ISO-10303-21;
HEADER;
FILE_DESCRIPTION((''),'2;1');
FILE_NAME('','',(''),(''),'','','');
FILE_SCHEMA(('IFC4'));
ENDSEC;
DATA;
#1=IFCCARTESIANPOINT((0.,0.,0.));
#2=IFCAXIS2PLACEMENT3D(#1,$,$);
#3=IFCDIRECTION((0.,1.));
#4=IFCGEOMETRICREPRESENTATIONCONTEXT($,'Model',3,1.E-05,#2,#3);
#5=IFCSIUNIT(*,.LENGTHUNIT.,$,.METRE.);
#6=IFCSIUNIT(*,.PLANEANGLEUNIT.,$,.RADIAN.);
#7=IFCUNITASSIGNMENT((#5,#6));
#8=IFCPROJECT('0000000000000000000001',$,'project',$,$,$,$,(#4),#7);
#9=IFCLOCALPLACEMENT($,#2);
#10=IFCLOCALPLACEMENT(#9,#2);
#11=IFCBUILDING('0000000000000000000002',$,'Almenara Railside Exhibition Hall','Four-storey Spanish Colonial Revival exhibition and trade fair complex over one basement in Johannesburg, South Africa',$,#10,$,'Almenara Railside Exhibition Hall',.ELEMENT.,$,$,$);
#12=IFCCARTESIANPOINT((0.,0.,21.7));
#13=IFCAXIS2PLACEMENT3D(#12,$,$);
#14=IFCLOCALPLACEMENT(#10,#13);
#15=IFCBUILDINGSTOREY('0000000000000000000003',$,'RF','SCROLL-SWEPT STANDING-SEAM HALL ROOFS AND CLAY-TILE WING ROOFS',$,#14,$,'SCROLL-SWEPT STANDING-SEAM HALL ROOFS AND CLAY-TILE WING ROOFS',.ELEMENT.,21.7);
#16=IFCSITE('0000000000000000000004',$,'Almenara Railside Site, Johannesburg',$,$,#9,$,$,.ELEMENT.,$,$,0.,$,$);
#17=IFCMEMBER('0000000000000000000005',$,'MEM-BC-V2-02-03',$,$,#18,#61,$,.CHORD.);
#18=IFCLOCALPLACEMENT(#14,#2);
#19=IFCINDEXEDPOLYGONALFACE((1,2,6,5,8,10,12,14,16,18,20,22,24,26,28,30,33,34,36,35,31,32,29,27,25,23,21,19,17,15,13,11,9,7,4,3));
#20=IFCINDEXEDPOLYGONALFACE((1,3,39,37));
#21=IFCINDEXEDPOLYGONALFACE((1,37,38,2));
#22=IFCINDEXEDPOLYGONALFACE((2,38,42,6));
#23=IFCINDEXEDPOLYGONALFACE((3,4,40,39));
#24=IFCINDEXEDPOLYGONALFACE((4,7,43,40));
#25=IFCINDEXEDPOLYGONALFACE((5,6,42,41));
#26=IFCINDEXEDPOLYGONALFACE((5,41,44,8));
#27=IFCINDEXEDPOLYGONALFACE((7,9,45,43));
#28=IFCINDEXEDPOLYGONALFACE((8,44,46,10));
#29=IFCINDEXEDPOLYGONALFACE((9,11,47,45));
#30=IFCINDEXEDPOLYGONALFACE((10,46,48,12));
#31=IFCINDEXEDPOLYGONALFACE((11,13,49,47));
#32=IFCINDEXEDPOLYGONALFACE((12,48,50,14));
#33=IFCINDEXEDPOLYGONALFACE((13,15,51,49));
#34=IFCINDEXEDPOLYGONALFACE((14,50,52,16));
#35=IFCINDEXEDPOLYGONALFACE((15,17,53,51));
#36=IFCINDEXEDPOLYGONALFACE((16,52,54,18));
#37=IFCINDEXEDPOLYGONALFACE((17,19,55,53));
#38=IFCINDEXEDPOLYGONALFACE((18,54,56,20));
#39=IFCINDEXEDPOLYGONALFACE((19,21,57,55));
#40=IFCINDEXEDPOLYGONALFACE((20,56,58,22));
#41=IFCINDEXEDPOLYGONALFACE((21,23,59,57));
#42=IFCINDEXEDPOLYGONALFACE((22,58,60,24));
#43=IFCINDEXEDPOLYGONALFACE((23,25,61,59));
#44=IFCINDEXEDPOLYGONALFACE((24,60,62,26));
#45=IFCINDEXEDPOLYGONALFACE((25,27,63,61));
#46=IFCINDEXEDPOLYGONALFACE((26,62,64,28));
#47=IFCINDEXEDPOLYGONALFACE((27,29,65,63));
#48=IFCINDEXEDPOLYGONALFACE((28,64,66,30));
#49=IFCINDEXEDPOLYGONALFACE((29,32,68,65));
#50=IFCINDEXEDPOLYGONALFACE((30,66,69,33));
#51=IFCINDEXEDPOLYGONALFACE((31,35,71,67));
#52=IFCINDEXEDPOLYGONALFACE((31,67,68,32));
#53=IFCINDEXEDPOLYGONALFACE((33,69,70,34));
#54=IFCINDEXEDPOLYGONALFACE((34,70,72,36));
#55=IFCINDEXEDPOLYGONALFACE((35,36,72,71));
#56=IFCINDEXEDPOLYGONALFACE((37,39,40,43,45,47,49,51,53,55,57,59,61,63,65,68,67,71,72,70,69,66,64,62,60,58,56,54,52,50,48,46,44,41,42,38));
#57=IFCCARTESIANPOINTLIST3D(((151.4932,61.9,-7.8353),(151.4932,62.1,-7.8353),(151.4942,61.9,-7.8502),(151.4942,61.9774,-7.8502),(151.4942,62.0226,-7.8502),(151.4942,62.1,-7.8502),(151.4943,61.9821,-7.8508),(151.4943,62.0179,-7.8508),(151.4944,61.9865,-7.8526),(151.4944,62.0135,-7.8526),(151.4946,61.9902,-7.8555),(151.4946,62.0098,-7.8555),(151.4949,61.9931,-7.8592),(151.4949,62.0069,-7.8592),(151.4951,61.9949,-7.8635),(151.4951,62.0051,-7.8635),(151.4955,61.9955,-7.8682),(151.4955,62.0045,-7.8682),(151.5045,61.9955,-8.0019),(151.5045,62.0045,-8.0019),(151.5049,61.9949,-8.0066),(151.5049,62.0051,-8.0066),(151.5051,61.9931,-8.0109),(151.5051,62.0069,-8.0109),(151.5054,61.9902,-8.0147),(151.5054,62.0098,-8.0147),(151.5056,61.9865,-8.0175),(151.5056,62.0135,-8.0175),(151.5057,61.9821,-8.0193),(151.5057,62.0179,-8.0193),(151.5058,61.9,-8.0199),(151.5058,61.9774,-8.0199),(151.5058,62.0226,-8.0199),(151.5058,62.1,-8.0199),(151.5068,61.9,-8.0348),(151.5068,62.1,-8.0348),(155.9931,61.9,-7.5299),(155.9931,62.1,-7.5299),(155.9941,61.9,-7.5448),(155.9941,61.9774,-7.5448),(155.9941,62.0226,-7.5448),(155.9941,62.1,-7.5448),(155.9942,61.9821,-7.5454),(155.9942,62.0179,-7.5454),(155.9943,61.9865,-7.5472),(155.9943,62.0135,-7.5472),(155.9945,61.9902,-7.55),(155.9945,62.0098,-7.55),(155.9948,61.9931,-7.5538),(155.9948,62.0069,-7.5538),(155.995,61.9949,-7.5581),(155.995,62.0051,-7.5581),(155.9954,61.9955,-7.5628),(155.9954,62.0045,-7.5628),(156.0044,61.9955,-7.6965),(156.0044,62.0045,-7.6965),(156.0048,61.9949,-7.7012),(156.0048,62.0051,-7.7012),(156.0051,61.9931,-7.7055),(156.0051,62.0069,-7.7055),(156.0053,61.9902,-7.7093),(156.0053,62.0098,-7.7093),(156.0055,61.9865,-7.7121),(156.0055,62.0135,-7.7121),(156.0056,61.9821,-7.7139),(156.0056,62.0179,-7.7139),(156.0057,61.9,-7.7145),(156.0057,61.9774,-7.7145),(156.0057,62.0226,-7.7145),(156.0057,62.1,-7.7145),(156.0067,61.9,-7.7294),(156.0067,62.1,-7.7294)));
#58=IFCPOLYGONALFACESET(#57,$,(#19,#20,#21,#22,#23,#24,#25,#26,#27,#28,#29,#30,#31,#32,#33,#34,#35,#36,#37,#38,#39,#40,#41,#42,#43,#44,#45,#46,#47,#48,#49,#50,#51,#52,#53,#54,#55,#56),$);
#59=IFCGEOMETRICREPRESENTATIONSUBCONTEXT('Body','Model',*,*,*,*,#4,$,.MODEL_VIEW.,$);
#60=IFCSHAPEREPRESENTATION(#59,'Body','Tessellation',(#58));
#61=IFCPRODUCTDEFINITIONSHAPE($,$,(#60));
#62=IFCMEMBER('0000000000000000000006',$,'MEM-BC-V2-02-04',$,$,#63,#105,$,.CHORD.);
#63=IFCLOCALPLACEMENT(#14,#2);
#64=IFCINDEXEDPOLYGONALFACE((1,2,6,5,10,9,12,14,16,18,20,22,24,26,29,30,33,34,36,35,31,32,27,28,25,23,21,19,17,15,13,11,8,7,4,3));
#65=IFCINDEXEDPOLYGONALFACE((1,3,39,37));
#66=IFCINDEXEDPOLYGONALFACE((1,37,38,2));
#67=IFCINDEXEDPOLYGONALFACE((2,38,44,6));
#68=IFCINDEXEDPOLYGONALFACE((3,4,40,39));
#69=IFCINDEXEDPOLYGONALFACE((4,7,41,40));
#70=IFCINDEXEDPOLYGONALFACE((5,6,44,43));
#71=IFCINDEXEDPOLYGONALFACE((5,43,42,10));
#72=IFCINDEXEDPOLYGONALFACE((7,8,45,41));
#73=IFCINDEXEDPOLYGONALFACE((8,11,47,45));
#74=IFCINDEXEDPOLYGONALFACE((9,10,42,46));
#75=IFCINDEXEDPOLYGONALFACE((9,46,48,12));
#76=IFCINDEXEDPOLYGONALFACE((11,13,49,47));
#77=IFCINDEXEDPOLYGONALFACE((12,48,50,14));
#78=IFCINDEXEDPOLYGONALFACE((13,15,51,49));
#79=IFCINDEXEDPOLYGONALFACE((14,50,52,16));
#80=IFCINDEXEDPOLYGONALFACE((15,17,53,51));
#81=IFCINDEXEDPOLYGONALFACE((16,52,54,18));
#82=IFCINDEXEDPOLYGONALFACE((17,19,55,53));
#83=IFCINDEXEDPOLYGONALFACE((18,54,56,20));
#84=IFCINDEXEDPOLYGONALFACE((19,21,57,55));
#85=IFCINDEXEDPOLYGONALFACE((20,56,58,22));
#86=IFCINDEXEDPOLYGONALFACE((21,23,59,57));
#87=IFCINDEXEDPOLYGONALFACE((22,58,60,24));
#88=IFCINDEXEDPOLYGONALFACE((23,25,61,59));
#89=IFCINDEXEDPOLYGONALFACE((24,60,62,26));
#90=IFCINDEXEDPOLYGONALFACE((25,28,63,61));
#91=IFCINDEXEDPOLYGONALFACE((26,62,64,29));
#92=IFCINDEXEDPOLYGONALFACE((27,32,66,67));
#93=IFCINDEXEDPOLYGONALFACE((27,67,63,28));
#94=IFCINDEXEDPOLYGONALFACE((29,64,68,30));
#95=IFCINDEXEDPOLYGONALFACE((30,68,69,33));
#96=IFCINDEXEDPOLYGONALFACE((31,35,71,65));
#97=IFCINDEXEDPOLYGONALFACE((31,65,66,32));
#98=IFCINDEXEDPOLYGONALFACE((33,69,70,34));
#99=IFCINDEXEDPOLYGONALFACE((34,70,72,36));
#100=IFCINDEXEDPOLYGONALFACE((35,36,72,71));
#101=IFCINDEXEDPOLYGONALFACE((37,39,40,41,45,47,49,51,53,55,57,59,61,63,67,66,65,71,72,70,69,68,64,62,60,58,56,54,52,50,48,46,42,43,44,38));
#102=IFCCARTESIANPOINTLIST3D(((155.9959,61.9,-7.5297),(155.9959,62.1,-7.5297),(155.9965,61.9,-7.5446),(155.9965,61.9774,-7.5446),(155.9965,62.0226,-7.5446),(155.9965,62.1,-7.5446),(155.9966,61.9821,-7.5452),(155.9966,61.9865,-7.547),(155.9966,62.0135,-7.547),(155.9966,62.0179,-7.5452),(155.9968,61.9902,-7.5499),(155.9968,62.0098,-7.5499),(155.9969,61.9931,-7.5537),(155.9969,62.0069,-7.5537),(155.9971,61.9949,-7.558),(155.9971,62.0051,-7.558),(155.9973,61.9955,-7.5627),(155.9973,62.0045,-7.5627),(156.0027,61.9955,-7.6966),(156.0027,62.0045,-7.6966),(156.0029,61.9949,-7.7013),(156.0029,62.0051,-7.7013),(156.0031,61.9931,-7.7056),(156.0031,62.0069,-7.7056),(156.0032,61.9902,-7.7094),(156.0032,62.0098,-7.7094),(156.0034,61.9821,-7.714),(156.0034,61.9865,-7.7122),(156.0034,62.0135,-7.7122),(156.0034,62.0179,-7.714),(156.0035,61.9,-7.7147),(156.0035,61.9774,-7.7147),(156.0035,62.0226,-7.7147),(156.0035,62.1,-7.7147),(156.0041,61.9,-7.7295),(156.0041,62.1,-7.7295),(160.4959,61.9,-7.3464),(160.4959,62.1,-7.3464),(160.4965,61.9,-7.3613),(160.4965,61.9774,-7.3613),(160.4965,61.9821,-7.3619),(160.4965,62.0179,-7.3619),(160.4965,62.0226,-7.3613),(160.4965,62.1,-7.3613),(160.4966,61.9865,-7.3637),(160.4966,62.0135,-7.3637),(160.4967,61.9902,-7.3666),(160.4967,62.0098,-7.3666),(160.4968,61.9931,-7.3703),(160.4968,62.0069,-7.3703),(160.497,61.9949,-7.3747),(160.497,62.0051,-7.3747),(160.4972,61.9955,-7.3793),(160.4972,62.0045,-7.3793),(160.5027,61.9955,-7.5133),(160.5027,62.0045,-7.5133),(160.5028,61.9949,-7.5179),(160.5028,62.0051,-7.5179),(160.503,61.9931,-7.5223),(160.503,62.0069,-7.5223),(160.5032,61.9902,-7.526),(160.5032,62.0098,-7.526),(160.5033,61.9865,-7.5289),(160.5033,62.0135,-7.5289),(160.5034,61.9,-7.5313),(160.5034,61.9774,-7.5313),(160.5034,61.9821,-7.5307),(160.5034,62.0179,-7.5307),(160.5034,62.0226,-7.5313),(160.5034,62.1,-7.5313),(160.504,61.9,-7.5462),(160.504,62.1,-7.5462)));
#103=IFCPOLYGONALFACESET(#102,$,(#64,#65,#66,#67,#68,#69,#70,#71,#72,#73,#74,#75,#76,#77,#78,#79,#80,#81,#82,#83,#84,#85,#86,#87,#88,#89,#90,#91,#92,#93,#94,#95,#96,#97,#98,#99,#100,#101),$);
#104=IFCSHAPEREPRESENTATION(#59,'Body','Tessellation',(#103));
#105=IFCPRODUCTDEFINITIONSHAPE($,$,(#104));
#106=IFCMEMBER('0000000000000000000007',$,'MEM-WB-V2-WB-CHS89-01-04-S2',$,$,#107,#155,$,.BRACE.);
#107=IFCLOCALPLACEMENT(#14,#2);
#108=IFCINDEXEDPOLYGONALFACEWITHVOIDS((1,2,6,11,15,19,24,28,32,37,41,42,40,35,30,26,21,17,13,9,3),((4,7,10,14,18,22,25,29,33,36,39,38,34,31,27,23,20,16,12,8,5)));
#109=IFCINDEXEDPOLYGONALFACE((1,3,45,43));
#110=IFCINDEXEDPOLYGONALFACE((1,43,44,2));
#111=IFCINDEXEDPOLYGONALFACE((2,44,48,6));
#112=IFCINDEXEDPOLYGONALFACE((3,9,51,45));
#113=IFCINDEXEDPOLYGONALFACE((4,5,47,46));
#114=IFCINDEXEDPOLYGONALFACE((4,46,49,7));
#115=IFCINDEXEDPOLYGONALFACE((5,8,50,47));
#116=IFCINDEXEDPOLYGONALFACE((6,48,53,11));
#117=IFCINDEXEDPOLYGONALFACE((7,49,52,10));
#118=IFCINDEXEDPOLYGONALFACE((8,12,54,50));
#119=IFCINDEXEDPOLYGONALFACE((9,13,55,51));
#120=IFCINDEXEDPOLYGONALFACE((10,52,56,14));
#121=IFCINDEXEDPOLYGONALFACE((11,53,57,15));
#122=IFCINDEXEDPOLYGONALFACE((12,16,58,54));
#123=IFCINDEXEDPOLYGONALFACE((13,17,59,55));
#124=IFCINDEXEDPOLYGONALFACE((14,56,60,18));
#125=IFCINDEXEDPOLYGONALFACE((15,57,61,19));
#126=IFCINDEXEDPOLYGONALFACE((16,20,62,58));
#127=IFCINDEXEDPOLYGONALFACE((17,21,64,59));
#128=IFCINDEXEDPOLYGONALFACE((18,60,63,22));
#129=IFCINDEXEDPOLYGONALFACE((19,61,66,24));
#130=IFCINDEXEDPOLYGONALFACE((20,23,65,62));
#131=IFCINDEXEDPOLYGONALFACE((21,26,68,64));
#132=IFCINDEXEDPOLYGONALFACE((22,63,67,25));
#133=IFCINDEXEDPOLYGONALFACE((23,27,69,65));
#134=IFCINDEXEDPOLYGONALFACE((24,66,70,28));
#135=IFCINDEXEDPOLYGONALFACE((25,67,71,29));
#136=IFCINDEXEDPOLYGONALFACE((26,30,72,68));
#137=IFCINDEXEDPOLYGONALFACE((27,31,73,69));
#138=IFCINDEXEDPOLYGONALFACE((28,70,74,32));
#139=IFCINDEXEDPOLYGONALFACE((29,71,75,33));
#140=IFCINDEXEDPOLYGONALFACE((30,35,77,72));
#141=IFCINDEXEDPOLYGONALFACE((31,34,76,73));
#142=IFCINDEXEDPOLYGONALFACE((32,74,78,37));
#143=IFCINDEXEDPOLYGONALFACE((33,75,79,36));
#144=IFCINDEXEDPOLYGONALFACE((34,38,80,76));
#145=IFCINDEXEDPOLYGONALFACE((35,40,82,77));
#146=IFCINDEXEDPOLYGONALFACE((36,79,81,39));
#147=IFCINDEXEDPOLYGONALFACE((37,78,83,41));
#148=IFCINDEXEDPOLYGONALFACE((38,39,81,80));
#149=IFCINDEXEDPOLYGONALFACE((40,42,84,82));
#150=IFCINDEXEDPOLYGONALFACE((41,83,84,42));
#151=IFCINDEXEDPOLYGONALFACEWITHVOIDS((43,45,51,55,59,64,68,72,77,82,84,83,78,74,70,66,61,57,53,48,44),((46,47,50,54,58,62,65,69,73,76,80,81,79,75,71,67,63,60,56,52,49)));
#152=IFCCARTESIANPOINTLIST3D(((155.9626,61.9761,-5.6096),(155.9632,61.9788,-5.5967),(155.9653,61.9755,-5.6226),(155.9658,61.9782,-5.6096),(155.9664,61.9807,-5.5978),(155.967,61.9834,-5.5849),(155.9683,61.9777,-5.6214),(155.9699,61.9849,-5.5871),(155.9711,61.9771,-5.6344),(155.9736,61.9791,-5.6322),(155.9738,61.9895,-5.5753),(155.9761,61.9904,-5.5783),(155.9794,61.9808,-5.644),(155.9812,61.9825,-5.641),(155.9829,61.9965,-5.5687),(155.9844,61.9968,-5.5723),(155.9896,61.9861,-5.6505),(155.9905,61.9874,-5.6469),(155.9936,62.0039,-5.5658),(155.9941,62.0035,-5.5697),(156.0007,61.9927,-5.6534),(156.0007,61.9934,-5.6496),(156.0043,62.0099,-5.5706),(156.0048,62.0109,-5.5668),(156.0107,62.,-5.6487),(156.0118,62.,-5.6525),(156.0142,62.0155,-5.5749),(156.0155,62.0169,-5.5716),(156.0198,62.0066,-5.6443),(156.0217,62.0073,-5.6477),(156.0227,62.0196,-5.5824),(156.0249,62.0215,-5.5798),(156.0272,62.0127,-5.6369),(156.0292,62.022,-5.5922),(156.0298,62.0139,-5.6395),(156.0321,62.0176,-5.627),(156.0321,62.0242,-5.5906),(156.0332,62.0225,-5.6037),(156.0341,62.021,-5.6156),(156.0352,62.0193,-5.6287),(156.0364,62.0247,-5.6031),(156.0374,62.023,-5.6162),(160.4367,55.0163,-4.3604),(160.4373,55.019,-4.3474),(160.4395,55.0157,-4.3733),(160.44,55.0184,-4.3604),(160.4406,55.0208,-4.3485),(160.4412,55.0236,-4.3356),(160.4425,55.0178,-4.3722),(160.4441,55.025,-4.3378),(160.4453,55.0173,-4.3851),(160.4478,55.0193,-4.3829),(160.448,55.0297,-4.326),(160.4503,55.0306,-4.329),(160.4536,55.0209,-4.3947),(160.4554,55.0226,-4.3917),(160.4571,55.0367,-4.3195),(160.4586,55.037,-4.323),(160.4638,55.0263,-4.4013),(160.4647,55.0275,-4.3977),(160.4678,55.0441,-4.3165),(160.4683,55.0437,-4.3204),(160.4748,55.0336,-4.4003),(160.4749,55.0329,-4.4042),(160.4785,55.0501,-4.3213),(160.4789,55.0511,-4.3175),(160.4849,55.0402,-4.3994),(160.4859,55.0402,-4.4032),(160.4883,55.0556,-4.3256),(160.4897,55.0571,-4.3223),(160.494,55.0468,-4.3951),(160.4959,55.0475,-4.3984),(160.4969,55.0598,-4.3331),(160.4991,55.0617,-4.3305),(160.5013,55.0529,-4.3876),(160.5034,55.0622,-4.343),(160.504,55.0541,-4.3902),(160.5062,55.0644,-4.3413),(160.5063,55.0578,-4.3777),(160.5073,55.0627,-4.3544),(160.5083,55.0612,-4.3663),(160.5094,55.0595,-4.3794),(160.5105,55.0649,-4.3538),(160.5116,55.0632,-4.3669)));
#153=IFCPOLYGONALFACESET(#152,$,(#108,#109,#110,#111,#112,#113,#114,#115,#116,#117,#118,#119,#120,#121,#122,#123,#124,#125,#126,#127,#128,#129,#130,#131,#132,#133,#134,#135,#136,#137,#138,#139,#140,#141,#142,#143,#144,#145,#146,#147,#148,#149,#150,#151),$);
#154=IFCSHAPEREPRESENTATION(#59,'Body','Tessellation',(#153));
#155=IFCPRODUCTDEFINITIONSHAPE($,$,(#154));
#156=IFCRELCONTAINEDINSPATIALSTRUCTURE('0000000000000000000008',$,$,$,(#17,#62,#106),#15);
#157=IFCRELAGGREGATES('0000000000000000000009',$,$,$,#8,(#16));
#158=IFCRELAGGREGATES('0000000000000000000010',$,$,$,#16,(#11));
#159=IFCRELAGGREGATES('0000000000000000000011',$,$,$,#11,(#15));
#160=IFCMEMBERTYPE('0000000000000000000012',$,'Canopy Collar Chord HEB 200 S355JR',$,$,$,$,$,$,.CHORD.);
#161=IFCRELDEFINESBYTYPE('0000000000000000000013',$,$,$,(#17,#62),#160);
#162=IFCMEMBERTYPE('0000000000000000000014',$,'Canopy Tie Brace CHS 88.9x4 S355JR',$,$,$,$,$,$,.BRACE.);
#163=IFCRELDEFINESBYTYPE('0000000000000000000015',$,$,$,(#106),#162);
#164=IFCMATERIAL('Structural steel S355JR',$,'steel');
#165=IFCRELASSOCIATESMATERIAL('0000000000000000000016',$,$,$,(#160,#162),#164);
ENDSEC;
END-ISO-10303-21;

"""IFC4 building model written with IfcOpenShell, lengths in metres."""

from ifc_helpers import new_model, si_unit, direction, frame, origin, origin_2d, place, context, subcontext, project, spatial, hollow_circle, i_section, extrude, material, material_profile, profile_set, type_object, element, save


model = new_model("IFC4")

# Units and contexts
model_context = context("Model", 3, precision=1e-05, world=origin(), true_north=direction((0.0, 1.0)))
body_context = subcontext(model_context, "Body", "Model", "MODEL_VIEW")
ifc_project = project(units=[si_unit("LENGTHUNIT", "METRE"), si_unit("PLANEANGLEUNIT", "RADIAN")], contexts=[model_context])

# Site, building, storey
site_placement = place(None, origin())
site = spatial("IfcSite", under=ifc_project, at=site_placement, Name="Almenara Railside Site, Johannesburg", CompositionType="ELEMENT", RefElevation=0.0)
building_placement = place(site_placement, origin())
building = spatial("IfcBuilding", under=site, at=building_placement, Name="Almenara Railside Exhibition Hall", Description="Four-storey Spanish Colonial Revival exhibition and trade fair complex over one basement in Johannesburg, South Africa", LongName="Almenara Railside Exhibition Hall", CompositionType="ELEMENT")
storey_placement = place(building_placement, frame((0.0, 0.0, 21.7)))
storey = spatial("IfcBuildingStorey", under=building, at=storey_placement, Name="RF", Description="SCROLL-SWEPT STANDING-SEAM HALL ROOFS AND CLAY-TILE WING ROOFS", LongName="SCROLL-SWEPT STANDING-SEAM HALL ROOFS AND CLAY-TILE WING ROOFS", CompositionType="ELEMENT", Elevation=21.7)

# Members
ifc_material_1 = material(Name="Structural steel S355JR", Category="steel")
ifc_material_profile_1 = material_profile(ifc_material_1, i_section(OverallWidth=0.2, OverallDepth=0.2, WebThickness=0.009, FlangeThickness=0.0149, FilletRadius=0.0181, at=origin_2d()), Name="HEB 200")
ifc_profile_set_1 = profile_set([ifc_material_profile_1], Name="Structural steel S355JR")
member_type_1 = type_object("IfcMemberType", Name="Canopy Collar Chord HEB 200 S355JR", PredefinedType="CHORD", material=ifc_profile_set_1)
member_1_placement = place(storey_placement, frame((151.5, 62.0, -7.9351), z_axis=(0.997705, 0.0, 0.067715), x_axis=(0.0, 1.0, 0.0)))
element("IfcMember", 1, at=member_1_placement, inside=storey, type_object=member_type_1, Name="MEM-BC-V2-02-03", PredefinedType="CHORD", context=body_context, shape_type="SweptSolid", body=[
    extrude(i_section(OverallWidth=0.2, OverallDepth=0.2, WebThickness=0.009, FlangeThickness=0.0149, FilletRadius=0.0181, at=origin_2d()), origin(), (0.0, 0.0, 1.0), 4.5103),
])
member_2_placement = place(storey_placement, frame((156.0, 62.0, -7.6296), z_axis=(0.999171, 0.0, 0.040711), x_axis=(0.0, 1.0, 0.0)))
element("IfcMember", 2, at=member_2_placement, inside=storey, type_object=member_type_1, Name="MEM-BC-V2-02-04", PredefinedType="CHORD", context=body_context, shape_type="SweptSolid", body=[
    extrude(i_section(OverallWidth=0.2, OverallDepth=0.2, WebThickness=0.009, FlangeThickness=0.0149, FilletRadius=0.0181, at=origin_2d()), origin(), (0.0, 0.0, 1.0), 4.5037),
])
ifc_material_profile_2 = material_profile(ifc_material_1, hollow_circle(Radius=0.0444, WallThickness=0.0039, at=origin_2d()), Name="CHS 88.9x4")
ifc_profile_set_2 = profile_set([ifc_material_profile_2], Name="Structural steel S355JR")
member_type_2 = type_object("IfcMemberType", Name="Canopy Tie Brace CHS 88.9x4 S355JR", PredefinedType="BRACE", material=ifc_profile_set_2)
member_3_placement = place(storey_placement, frame((160.4741, 55.0403, -4.3604), z_axis=(-0.534698, 0.83175, -0.149299), x_axis=(-0.841178, -0.540759, 0.0)))
element("IfcMember", 3, at=member_3_placement, inside=storey, type_object=member_type_2, Name="MEM-WB-V2-WB-CHS89-01-04-S2", PredefinedType="BRACE", context=body_context, shape_type="SweptSolid", body=[
    extrude(hollow_circle(Radius=0.0444, WallThickness=0.0039, at=origin_2d()), origin(), (0.0, 0.0, 1.0), 8.3677),
])

save(model, "model.ifc")
